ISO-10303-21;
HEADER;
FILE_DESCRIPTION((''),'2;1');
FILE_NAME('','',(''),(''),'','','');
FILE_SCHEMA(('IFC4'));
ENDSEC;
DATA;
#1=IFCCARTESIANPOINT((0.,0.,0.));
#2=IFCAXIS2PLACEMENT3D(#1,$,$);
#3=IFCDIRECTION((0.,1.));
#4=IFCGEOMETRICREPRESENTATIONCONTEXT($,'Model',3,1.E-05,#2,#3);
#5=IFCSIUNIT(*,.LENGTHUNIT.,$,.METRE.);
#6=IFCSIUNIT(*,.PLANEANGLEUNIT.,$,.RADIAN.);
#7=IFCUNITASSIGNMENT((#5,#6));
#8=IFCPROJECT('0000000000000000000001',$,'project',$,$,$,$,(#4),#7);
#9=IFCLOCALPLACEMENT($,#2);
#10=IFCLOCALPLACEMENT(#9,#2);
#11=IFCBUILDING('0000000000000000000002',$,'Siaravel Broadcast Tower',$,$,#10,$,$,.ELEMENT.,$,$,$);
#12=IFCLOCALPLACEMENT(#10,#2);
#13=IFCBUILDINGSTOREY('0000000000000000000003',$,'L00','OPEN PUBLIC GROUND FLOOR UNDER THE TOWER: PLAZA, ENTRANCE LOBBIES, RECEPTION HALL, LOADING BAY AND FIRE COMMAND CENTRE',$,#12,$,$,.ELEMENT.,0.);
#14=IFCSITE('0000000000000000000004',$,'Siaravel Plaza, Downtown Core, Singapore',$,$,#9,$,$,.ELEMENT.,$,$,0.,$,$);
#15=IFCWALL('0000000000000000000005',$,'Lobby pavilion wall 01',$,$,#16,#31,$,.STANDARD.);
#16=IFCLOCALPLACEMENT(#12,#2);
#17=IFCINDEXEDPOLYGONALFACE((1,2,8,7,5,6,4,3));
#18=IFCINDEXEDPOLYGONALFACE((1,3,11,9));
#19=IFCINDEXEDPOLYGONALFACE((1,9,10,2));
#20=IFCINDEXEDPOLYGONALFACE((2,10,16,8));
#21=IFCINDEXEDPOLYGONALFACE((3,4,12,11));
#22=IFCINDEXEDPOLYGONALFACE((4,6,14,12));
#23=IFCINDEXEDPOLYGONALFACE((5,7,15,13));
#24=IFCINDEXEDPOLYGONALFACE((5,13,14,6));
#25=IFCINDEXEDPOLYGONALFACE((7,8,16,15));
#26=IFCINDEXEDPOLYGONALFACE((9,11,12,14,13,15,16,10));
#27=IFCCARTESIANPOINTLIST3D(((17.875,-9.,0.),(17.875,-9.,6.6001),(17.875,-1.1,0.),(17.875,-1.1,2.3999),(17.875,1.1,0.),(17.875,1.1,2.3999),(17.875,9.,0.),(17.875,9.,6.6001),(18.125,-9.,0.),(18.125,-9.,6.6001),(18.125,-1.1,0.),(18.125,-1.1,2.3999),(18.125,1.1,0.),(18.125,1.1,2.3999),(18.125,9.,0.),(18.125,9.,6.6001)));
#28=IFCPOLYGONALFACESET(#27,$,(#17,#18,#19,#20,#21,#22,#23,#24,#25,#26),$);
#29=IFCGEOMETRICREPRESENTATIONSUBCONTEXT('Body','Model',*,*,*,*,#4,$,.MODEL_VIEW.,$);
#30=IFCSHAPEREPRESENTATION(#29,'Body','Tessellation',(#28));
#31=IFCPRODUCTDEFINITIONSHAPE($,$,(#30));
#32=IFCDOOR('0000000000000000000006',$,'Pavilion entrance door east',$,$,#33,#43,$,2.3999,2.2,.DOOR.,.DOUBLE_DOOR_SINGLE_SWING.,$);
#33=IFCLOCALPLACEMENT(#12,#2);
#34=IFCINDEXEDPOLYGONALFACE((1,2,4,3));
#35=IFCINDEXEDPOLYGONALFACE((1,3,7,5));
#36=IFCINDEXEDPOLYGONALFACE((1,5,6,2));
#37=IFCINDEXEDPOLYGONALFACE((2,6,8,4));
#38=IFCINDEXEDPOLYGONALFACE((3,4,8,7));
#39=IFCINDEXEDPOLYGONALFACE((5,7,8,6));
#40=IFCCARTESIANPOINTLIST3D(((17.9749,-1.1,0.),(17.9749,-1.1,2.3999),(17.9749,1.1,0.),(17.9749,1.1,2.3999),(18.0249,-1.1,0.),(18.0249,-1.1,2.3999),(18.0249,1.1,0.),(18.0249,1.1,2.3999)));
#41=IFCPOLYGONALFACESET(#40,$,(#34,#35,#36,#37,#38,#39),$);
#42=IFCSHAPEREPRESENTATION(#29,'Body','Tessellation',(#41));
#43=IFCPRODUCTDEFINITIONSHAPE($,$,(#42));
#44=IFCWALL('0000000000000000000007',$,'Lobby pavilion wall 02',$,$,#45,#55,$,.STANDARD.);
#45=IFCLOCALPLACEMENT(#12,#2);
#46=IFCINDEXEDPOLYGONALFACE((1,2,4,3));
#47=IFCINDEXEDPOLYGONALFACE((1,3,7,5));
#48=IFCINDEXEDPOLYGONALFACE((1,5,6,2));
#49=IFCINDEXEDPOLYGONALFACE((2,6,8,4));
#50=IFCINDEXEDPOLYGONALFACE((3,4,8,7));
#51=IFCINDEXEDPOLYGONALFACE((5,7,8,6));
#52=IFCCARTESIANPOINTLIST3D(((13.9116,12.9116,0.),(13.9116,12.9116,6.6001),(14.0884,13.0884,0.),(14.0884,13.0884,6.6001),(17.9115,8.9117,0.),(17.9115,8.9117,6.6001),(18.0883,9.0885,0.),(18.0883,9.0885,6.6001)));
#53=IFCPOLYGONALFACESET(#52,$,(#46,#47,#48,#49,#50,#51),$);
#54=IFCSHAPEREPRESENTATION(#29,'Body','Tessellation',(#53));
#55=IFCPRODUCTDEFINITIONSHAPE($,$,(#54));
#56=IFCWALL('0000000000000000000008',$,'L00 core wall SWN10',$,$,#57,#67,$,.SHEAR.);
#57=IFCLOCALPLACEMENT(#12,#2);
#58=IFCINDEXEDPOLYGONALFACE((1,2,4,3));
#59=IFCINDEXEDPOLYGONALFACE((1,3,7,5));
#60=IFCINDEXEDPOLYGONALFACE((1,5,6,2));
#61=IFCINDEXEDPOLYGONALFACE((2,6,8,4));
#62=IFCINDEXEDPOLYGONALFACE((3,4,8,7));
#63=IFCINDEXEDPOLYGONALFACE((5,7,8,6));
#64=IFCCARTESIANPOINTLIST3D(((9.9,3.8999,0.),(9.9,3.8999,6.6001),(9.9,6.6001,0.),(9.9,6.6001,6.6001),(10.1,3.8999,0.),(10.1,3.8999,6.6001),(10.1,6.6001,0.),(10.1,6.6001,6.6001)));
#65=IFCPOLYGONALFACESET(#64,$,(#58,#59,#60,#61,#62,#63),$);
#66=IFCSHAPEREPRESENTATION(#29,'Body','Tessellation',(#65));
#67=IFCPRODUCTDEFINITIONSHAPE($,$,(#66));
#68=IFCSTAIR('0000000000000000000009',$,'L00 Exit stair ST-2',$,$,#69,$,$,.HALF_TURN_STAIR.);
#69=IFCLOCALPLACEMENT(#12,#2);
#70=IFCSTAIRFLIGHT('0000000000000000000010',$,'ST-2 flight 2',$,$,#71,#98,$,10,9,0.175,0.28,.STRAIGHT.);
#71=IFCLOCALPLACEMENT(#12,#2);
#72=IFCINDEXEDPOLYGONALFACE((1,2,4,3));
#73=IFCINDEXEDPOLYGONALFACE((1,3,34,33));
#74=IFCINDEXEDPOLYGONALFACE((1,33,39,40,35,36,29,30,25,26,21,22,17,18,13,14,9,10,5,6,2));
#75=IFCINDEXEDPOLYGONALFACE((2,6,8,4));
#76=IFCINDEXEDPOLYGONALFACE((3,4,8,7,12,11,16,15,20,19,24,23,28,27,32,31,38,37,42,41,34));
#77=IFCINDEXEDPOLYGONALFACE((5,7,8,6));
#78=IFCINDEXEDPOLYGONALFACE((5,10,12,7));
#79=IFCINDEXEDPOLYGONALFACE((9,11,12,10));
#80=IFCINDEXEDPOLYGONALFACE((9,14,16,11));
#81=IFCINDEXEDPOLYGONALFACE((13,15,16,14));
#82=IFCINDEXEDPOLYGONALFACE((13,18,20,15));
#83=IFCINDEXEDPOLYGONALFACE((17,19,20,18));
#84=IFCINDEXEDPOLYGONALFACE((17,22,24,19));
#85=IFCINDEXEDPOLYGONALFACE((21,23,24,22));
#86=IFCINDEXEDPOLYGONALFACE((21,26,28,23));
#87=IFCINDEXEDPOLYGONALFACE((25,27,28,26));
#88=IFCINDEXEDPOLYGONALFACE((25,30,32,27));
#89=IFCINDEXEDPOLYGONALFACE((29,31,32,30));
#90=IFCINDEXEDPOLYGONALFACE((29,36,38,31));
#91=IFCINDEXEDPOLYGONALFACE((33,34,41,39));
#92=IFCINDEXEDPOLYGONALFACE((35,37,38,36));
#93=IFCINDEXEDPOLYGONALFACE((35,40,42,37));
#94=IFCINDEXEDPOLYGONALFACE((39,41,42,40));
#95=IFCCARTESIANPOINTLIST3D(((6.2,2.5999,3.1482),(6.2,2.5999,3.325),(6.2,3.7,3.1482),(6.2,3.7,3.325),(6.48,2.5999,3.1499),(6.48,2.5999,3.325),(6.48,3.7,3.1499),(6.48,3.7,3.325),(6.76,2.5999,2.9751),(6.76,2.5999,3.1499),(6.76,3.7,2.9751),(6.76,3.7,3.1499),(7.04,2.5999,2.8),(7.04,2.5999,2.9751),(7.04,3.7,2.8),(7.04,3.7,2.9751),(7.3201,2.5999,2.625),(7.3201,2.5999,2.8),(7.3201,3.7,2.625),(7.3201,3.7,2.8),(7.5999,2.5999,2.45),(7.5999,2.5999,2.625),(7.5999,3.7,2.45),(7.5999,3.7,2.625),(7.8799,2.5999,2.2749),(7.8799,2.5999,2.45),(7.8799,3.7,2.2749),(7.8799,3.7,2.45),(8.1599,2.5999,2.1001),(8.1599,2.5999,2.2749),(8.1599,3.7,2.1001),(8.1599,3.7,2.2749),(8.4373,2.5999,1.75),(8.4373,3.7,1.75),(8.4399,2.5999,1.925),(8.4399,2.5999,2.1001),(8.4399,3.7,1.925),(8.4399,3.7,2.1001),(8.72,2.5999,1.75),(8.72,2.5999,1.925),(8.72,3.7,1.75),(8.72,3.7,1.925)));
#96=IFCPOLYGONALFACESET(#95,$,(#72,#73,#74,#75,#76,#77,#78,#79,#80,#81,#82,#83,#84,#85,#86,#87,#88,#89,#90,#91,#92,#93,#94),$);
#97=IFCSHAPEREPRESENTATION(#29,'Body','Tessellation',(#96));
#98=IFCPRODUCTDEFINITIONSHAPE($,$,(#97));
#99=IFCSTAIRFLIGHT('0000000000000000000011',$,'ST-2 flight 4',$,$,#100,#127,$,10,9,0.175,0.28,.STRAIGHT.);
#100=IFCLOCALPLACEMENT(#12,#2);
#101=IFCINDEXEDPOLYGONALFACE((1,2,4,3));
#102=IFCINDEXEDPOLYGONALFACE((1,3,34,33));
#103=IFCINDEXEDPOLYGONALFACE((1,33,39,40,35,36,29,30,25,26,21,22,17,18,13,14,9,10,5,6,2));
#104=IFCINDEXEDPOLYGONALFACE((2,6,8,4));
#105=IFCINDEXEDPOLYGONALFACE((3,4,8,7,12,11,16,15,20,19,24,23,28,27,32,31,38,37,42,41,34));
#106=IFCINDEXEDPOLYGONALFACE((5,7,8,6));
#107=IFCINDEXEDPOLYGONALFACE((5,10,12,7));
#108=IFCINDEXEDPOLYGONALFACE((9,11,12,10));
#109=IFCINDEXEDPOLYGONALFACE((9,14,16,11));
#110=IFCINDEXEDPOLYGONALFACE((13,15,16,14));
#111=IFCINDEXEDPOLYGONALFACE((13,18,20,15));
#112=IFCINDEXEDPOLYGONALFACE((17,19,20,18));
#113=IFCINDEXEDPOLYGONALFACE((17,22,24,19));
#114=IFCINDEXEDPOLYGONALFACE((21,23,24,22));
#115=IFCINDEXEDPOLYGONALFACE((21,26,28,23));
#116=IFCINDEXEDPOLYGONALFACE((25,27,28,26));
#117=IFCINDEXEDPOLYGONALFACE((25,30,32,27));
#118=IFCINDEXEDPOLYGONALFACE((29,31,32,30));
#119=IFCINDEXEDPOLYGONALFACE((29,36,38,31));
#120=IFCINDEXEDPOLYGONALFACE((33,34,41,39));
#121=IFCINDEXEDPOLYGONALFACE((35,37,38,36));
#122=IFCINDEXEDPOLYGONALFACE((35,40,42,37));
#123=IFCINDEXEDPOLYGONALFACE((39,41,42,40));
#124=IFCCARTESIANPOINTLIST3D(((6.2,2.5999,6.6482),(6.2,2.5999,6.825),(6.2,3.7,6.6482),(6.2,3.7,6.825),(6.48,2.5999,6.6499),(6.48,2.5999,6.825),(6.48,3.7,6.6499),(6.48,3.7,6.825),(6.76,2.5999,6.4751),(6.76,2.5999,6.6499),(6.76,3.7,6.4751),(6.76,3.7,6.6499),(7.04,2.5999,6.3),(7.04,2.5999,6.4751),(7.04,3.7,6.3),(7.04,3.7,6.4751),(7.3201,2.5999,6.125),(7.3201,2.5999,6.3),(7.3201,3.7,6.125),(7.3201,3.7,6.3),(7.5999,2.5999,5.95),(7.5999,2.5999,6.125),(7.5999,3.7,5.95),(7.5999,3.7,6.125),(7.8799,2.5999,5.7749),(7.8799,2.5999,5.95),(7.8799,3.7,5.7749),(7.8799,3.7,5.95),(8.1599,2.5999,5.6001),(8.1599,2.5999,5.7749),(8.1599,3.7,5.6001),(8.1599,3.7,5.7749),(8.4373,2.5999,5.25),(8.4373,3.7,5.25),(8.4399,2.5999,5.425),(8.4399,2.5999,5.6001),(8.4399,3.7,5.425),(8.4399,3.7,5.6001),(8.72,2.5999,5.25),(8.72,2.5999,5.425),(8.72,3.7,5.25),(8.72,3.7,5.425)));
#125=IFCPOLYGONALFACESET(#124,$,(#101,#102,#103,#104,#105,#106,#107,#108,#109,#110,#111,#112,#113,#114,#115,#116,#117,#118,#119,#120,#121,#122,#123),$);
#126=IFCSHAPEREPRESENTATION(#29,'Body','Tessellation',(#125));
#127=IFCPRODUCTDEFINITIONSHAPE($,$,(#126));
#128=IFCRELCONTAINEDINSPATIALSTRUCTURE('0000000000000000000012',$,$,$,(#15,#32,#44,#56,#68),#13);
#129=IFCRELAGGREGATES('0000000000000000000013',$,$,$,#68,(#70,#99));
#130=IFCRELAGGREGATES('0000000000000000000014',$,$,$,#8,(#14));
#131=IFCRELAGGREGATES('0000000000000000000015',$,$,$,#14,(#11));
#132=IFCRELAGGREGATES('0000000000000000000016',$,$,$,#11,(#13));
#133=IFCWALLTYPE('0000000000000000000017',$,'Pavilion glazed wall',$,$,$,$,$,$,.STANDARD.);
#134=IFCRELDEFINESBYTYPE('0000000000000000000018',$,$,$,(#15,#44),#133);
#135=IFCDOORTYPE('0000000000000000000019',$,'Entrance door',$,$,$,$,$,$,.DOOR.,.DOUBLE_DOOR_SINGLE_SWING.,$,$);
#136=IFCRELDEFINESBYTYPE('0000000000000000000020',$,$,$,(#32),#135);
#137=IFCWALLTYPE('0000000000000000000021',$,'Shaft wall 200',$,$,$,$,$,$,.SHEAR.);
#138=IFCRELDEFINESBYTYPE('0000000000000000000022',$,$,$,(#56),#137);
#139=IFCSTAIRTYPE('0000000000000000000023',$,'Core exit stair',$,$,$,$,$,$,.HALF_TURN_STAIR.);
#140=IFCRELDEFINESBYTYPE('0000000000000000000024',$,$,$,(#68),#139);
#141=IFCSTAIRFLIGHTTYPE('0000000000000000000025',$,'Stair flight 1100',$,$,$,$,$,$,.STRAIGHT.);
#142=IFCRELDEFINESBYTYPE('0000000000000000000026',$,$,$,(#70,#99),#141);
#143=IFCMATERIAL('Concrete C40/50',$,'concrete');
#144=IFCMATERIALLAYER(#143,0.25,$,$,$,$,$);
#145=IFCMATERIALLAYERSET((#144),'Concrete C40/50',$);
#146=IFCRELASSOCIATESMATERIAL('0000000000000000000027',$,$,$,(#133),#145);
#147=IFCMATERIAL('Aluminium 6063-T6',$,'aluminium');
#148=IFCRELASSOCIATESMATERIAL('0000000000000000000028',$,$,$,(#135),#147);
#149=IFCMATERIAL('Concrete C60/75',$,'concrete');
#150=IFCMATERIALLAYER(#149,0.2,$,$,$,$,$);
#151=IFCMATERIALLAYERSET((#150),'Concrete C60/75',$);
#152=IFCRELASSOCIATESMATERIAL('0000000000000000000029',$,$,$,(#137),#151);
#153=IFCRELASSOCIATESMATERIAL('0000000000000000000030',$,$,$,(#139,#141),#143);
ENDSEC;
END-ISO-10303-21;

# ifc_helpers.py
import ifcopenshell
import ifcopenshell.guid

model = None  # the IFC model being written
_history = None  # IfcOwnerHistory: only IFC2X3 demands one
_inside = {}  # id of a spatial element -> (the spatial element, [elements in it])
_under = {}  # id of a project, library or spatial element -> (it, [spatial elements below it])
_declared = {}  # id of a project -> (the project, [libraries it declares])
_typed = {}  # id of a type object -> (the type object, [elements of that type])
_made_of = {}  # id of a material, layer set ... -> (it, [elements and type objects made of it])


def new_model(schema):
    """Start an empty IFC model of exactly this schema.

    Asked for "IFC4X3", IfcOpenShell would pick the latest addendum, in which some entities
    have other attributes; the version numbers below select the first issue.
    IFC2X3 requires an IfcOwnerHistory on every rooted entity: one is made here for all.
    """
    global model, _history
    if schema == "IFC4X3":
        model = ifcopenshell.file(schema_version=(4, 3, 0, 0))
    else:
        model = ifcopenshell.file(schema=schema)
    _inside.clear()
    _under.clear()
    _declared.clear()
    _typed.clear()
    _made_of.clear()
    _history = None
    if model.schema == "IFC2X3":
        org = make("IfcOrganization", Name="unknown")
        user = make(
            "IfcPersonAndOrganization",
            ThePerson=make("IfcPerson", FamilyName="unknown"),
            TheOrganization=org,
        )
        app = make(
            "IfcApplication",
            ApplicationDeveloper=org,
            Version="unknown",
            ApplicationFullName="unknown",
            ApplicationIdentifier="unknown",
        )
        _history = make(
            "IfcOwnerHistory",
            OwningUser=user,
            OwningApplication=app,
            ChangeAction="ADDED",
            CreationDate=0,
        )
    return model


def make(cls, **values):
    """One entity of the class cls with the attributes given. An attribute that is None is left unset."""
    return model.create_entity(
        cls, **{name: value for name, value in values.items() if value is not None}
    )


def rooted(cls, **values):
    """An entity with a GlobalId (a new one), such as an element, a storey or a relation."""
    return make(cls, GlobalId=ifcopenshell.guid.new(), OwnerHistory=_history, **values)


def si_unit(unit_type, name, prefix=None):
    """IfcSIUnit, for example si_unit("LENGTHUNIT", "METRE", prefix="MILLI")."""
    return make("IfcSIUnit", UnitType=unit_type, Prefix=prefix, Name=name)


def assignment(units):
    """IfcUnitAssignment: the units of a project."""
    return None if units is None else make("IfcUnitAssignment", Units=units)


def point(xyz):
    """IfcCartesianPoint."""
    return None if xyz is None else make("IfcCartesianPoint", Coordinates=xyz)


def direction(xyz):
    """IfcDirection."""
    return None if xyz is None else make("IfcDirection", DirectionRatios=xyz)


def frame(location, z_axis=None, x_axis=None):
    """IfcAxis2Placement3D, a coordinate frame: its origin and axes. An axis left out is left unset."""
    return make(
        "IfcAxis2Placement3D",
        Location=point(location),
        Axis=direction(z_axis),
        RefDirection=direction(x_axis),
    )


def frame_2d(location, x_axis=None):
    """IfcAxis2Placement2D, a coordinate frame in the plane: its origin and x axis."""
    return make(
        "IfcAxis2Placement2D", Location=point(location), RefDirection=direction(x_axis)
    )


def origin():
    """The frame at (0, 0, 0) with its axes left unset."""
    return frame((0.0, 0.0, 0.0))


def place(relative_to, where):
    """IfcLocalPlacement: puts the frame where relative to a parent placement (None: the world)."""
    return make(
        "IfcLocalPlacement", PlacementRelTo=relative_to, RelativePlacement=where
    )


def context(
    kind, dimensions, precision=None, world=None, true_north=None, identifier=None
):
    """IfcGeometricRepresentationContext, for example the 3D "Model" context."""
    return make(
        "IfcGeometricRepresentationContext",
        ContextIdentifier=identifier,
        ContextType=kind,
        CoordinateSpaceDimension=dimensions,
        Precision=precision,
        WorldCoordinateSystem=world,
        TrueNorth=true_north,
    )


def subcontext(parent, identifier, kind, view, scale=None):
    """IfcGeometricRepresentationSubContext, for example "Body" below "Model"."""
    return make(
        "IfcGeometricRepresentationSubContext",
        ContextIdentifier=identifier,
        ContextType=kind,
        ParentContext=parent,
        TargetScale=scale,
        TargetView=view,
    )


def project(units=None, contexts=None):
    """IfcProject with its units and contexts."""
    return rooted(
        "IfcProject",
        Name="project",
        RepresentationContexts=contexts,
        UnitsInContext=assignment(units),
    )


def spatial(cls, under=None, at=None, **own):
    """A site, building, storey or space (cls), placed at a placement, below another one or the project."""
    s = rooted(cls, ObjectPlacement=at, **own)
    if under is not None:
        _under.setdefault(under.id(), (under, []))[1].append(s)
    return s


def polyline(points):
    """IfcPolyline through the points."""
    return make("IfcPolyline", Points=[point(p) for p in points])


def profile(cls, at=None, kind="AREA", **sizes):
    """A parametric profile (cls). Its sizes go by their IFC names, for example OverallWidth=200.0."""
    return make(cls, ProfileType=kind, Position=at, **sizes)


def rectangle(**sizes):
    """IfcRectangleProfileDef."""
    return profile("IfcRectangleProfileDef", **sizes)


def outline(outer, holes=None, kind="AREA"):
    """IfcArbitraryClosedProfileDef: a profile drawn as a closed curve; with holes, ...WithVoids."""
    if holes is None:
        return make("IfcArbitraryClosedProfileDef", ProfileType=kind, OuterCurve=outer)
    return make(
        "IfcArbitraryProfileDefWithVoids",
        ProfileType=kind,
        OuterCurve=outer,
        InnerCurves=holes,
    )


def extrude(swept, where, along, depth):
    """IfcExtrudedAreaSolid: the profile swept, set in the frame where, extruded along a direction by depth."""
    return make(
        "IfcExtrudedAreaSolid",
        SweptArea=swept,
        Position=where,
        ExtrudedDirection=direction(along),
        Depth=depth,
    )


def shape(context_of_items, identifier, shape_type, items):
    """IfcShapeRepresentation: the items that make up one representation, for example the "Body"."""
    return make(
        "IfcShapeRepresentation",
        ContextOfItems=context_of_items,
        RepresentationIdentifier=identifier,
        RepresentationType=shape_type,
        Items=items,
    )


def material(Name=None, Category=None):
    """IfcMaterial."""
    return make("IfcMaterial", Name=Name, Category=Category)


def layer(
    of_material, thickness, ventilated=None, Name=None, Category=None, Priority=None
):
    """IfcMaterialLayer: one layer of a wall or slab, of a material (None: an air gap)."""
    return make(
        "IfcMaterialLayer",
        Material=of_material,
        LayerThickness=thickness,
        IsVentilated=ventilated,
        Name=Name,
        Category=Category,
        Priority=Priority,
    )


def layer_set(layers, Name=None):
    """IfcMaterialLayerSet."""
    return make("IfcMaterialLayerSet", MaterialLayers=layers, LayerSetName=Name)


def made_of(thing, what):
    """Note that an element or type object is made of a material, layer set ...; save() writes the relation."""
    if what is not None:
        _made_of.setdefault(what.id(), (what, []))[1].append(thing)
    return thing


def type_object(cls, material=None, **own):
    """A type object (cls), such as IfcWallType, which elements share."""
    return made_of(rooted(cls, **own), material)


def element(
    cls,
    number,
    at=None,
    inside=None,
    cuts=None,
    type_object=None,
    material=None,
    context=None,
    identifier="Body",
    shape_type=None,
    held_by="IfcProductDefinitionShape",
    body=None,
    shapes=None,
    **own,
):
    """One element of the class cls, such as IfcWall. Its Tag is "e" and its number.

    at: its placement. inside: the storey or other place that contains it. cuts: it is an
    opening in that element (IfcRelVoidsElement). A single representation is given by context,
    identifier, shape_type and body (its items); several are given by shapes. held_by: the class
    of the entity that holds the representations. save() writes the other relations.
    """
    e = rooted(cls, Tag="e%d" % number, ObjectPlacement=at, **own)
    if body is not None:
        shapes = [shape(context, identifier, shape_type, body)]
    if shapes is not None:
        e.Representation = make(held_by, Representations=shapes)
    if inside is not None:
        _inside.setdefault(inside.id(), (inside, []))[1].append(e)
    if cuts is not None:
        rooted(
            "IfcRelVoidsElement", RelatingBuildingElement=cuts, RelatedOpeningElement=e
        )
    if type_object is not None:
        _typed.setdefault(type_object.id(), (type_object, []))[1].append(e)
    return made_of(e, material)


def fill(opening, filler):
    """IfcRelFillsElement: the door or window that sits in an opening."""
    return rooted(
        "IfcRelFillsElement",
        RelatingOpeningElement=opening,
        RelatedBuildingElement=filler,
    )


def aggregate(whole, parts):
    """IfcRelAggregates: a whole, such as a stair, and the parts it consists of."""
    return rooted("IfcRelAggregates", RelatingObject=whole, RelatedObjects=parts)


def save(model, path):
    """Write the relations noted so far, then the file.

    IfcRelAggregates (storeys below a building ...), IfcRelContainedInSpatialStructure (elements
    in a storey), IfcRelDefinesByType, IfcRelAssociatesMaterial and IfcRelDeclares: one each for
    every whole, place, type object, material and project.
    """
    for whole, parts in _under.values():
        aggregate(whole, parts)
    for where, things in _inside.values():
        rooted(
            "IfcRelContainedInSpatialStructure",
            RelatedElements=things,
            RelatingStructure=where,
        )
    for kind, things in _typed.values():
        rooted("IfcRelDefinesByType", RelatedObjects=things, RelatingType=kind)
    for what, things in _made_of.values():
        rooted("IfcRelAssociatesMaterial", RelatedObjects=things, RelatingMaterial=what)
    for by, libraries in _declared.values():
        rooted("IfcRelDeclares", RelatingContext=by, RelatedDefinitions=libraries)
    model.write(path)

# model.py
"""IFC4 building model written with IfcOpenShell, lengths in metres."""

from ifc_helpers import new_model, si_unit, direction, frame, frame_2d, origin, place, context, subcontext, project, spatial, polyline, rectangle, outline, extrude, material, layer, layer_set, type_object, element, fill, aggregate, save


model = new_model("IFC4")

# Units and contexts
model_context = context("Model", 3, precision=1e-05, world=origin(), true_north=direction((0.0, 1.0)))
body_context = subcontext(model_context, "Body", "Model", "MODEL_VIEW")
ifc_project = project(units=[si_unit("LENGTHUNIT", "METRE"), si_unit("PLANEANGLEUNIT", "RADIAN")], contexts=[model_context])

# Site, building, storey
site_placement = place(None, origin())
site = spatial("IfcSite", under=ifc_project, at=site_placement, Name="Siaravel Plaza, Downtown Core, Singapore", CompositionType="ELEMENT", RefElevation=0.0)
building_placement = place(site_placement, origin())
building = spatial("IfcBuilding", under=site, at=building_placement, Name="Siaravel Broadcast Tower", CompositionType="ELEMENT")
storey_placement = place(building_placement, origin())
storey = spatial("IfcBuildingStorey", under=building, at=storey_placement, Name="L00", Description="OPEN PUBLIC GROUND FLOOR UNDER THE TOWER: PLAZA, ENTRANCE LOBBIES, RECEPTION HALL, LOADING BAY AND FIRE COMMAND CENTRE", CompositionType="ELEMENT", Elevation=0.0)

# Wall, opening, door
ifc_material_1 = material(Name="Concrete C40/50", Category="concrete")
ifc_layer_1 = layer(ifc_material_1, 0.25)
ifc_layer_set_1 = layer_set([ifc_layer_1], Name="Concrete C40/50")
wall_type_1 = type_object("IfcWallType", Name="Pavilion glazed wall", PredefinedType="STANDARD", material=ifc_layer_set_1)
wall_1_placement = place(storey_placement, frame((18.0, 9.0, 0.0), z_axis=(0.0, 0.0, 1.0), x_axis=(0.0, -1.0, 0.0)))
wall_1 = element("IfcWall", 1, at=wall_1_placement, inside=storey, type_object=wall_type_1, Name="Lobby pavilion wall 01", PredefinedType="STANDARD", context=body_context, shape_type="SweptSolid", body=[
    extrude(rectangle(XDim=18.0, YDim=0.25, at=frame_2d((9.0, 0.0))), origin(), (0.0, 0.0, 1.0), 6.6001),
])
opening_1_placement = place(wall_1_placement, frame((7.8999, 0.0, 0.0)))
opening_1 = element("IfcOpeningElement", 2, at=opening_1_placement, cuts=wall_1, PredefinedType="OPENING", context=body_context, shape_type="SweptSolid", body=[
    extrude(rectangle(XDim=2.2, YDim=2.3999, at=frame_2d((1.1001, 1.2))), frame((0.0, 0.135, 0.0), z_axis=(0.0, -1.0, 0.0), x_axis=(1.0, 0.0, 0.0)), (0.0, 0.0, 1.0), 0.27),
])
ifc_material_2 = material(Name="Aluminium 6063-T6", Category="aluminium")
door_type_1 = type_object("IfcDoorType", Name="Entrance door", OperationType="DOUBLE_DOOR_SINGLE_SWING", PredefinedType="DOOR", material=ifc_material_2)
door_1_placement = place(opening_1_placement, origin())
door_1 = element("IfcDoor", 3, at=door_1_placement, inside=storey, type_object=door_type_1, Name="Pavilion entrance door east", OperationType="DOUBLE_DOOR_SINGLE_SWING", OverallHeight=2.3999, OverallWidth=2.2, PredefinedType="DOOR", context=body_context, shape_type="SweptSolid", body=[
    extrude(rectangle(XDim=2.2, YDim=2.3999, at=frame_2d((1.1001, 1.2))), frame((0.0, 0.0249, 0.0), z_axis=(0.0, -1.0, 0.0), x_axis=(1.0, 0.0, 0.0)), (0.0, 0.0, 1.0), 0.05),
])
fill(opening_1, door_1)

# Walls
wall_2_placement = place(storey_placement, frame((14.0, 13.0, 0.0), z_axis=(0.0, 0.0, 1.0), x_axis=(0.707107, -0.707107, 0.0)))
element("IfcWall", 4, at=wall_2_placement, inside=storey, type_object=wall_type_1, Name="Lobby pavilion wall 02", PredefinedType="STANDARD", context=body_context, shape_type="SweptSolid", body=[
    extrude(rectangle(XDim=5.6567, YDim=0.25, at=frame_2d((2.8284, 0.0))), origin(), (0.0, 0.0, 1.0), 6.6001),
])
ifc_material_3 = material(Name="Concrete C60/75", Category="concrete")
ifc_layer_2 = layer(ifc_material_3, 0.2)
ifc_layer_set_2 = layer_set([ifc_layer_2], Name="Concrete C60/75")
wall_type_2 = type_object("IfcWallType", Name="Shaft wall 200", PredefinedType="SHEAR", material=ifc_layer_set_2)
wall_3_placement = place(storey_placement, frame((10.0, 3.8999, 0.0), z_axis=(0.0, 0.0, 1.0), x_axis=(0.0, 1.0, 0.0)))
element("IfcWall", 5, at=wall_3_placement, inside=storey, type_object=wall_type_2, Name="L00 core wall SWN10", PredefinedType="SHEAR", context=body_context, shape_type="SweptSolid", body=[
    extrude(rectangle(XDim=2.7002, YDim=0.2, at=frame_2d((1.3501, 0.0))), origin(), (0.0, 0.0, 1.0), 6.6001),
])

# Stair, stair flights
stair_type = type_object("IfcStairType", Name="Core exit stair", PredefinedType="HALF_TURN_STAIR", material=ifc_material_1)
stair_placement = place(storey_placement, origin())
stair = element("IfcStair", 6, at=stair_placement, inside=storey, type_object=stair_type, Name="L00 Exit stair ST-2", PredefinedType="HALF_TURN_STAIR")
stair_flight_type = type_object("IfcStairFlightType", Name="Stair flight 1100", PredefinedType="STRAIGHT", material=ifc_material_1)
stair_flight_1_placement = place(storey_placement, frame((8.72, 3.1499, 1.75), z_axis=(0.0, 0.0, 1.0), x_axis=(-1.0, 0.0, 0.0)))
stair_flight_1 = element("IfcStairFlight", 7, at=stair_flight_1_placement, type_object=stair_flight_type, Name="ST-2 flight 2", NumberOfRisers=10, NumberOfTreads=9, PredefinedType="STRAIGHT", RiserHeight=0.175, TreadLength=0.28, context=body_context, shape_type="SweptSolid", body=[
    extrude(outline(polyline([(0.0, 0.0), (0.0, 0.175), (0.28, 0.175), (0.28, 0.3501), (0.5601, 0.3501), (0.5601, 0.5249), (0.8401, 0.5249), (0.8401, 0.7), (1.1201, 0.7), (1.1201, 0.875), (1.3999, 0.875), (1.3999, 1.05), (1.6799, 1.05), (1.6799, 1.2251), (1.96, 1.2251), (1.96, 1.3999), (2.24, 1.3999), (2.24, 1.575), (2.52, 1.575), (2.52, 1.75), (2.52, 1.3982), (0.2827, 0.0), (0.0, 0.0)])), frame((0.0, 0.55, 0.0), z_axis=(0.0, -1.0, 0.0), x_axis=(1.0, 0.0, 0.0)), (0.0, 0.0, 1.0), 1.1001),
])
stair_flight_2_placement = place(storey_placement, frame((8.72, 3.1499, 5.25), z_axis=(0.0, 0.0, 1.0), x_axis=(-1.0, 0.0, 0.0)))
stair_flight_2 = element("IfcStairFlight", 8, at=stair_flight_2_placement, type_object=stair_flight_type, Name="ST-2 flight 4", NumberOfRisers=10, NumberOfTreads=9, PredefinedType="STRAIGHT", RiserHeight=0.175, TreadLength=0.28, context=body_context, shape_type="SweptSolid", body=[
    extrude(outline(polyline([(0.0, 0.0), (0.0, 0.175), (0.28, 0.175), (0.28, 0.3501), (0.5601, 0.3501), (0.5601, 0.5249), (0.8401, 0.5249), (0.8401, 0.7), (1.1201, 0.7), (1.1201, 0.875), (1.3999, 0.875), (1.3999, 1.05), (1.6799, 1.05), (1.6799, 1.2251), (1.96, 1.2251), (1.96, 1.3999), (2.24, 1.3999), (2.24, 1.575), (2.52, 1.575), (2.52, 1.75), (2.52, 1.3982), (0.2827, 0.0), (0.0, 0.0)])), frame((0.0, 0.55, 0.0), z_axis=(0.0, -1.0, 0.0), x_axis=(1.0, 0.0, 0.0)), (0.0, 0.0, 1.0), 1.1001),
])
aggregate(stair, [stair_flight_1, stair_flight_2])

save(model, "model.ifc")
